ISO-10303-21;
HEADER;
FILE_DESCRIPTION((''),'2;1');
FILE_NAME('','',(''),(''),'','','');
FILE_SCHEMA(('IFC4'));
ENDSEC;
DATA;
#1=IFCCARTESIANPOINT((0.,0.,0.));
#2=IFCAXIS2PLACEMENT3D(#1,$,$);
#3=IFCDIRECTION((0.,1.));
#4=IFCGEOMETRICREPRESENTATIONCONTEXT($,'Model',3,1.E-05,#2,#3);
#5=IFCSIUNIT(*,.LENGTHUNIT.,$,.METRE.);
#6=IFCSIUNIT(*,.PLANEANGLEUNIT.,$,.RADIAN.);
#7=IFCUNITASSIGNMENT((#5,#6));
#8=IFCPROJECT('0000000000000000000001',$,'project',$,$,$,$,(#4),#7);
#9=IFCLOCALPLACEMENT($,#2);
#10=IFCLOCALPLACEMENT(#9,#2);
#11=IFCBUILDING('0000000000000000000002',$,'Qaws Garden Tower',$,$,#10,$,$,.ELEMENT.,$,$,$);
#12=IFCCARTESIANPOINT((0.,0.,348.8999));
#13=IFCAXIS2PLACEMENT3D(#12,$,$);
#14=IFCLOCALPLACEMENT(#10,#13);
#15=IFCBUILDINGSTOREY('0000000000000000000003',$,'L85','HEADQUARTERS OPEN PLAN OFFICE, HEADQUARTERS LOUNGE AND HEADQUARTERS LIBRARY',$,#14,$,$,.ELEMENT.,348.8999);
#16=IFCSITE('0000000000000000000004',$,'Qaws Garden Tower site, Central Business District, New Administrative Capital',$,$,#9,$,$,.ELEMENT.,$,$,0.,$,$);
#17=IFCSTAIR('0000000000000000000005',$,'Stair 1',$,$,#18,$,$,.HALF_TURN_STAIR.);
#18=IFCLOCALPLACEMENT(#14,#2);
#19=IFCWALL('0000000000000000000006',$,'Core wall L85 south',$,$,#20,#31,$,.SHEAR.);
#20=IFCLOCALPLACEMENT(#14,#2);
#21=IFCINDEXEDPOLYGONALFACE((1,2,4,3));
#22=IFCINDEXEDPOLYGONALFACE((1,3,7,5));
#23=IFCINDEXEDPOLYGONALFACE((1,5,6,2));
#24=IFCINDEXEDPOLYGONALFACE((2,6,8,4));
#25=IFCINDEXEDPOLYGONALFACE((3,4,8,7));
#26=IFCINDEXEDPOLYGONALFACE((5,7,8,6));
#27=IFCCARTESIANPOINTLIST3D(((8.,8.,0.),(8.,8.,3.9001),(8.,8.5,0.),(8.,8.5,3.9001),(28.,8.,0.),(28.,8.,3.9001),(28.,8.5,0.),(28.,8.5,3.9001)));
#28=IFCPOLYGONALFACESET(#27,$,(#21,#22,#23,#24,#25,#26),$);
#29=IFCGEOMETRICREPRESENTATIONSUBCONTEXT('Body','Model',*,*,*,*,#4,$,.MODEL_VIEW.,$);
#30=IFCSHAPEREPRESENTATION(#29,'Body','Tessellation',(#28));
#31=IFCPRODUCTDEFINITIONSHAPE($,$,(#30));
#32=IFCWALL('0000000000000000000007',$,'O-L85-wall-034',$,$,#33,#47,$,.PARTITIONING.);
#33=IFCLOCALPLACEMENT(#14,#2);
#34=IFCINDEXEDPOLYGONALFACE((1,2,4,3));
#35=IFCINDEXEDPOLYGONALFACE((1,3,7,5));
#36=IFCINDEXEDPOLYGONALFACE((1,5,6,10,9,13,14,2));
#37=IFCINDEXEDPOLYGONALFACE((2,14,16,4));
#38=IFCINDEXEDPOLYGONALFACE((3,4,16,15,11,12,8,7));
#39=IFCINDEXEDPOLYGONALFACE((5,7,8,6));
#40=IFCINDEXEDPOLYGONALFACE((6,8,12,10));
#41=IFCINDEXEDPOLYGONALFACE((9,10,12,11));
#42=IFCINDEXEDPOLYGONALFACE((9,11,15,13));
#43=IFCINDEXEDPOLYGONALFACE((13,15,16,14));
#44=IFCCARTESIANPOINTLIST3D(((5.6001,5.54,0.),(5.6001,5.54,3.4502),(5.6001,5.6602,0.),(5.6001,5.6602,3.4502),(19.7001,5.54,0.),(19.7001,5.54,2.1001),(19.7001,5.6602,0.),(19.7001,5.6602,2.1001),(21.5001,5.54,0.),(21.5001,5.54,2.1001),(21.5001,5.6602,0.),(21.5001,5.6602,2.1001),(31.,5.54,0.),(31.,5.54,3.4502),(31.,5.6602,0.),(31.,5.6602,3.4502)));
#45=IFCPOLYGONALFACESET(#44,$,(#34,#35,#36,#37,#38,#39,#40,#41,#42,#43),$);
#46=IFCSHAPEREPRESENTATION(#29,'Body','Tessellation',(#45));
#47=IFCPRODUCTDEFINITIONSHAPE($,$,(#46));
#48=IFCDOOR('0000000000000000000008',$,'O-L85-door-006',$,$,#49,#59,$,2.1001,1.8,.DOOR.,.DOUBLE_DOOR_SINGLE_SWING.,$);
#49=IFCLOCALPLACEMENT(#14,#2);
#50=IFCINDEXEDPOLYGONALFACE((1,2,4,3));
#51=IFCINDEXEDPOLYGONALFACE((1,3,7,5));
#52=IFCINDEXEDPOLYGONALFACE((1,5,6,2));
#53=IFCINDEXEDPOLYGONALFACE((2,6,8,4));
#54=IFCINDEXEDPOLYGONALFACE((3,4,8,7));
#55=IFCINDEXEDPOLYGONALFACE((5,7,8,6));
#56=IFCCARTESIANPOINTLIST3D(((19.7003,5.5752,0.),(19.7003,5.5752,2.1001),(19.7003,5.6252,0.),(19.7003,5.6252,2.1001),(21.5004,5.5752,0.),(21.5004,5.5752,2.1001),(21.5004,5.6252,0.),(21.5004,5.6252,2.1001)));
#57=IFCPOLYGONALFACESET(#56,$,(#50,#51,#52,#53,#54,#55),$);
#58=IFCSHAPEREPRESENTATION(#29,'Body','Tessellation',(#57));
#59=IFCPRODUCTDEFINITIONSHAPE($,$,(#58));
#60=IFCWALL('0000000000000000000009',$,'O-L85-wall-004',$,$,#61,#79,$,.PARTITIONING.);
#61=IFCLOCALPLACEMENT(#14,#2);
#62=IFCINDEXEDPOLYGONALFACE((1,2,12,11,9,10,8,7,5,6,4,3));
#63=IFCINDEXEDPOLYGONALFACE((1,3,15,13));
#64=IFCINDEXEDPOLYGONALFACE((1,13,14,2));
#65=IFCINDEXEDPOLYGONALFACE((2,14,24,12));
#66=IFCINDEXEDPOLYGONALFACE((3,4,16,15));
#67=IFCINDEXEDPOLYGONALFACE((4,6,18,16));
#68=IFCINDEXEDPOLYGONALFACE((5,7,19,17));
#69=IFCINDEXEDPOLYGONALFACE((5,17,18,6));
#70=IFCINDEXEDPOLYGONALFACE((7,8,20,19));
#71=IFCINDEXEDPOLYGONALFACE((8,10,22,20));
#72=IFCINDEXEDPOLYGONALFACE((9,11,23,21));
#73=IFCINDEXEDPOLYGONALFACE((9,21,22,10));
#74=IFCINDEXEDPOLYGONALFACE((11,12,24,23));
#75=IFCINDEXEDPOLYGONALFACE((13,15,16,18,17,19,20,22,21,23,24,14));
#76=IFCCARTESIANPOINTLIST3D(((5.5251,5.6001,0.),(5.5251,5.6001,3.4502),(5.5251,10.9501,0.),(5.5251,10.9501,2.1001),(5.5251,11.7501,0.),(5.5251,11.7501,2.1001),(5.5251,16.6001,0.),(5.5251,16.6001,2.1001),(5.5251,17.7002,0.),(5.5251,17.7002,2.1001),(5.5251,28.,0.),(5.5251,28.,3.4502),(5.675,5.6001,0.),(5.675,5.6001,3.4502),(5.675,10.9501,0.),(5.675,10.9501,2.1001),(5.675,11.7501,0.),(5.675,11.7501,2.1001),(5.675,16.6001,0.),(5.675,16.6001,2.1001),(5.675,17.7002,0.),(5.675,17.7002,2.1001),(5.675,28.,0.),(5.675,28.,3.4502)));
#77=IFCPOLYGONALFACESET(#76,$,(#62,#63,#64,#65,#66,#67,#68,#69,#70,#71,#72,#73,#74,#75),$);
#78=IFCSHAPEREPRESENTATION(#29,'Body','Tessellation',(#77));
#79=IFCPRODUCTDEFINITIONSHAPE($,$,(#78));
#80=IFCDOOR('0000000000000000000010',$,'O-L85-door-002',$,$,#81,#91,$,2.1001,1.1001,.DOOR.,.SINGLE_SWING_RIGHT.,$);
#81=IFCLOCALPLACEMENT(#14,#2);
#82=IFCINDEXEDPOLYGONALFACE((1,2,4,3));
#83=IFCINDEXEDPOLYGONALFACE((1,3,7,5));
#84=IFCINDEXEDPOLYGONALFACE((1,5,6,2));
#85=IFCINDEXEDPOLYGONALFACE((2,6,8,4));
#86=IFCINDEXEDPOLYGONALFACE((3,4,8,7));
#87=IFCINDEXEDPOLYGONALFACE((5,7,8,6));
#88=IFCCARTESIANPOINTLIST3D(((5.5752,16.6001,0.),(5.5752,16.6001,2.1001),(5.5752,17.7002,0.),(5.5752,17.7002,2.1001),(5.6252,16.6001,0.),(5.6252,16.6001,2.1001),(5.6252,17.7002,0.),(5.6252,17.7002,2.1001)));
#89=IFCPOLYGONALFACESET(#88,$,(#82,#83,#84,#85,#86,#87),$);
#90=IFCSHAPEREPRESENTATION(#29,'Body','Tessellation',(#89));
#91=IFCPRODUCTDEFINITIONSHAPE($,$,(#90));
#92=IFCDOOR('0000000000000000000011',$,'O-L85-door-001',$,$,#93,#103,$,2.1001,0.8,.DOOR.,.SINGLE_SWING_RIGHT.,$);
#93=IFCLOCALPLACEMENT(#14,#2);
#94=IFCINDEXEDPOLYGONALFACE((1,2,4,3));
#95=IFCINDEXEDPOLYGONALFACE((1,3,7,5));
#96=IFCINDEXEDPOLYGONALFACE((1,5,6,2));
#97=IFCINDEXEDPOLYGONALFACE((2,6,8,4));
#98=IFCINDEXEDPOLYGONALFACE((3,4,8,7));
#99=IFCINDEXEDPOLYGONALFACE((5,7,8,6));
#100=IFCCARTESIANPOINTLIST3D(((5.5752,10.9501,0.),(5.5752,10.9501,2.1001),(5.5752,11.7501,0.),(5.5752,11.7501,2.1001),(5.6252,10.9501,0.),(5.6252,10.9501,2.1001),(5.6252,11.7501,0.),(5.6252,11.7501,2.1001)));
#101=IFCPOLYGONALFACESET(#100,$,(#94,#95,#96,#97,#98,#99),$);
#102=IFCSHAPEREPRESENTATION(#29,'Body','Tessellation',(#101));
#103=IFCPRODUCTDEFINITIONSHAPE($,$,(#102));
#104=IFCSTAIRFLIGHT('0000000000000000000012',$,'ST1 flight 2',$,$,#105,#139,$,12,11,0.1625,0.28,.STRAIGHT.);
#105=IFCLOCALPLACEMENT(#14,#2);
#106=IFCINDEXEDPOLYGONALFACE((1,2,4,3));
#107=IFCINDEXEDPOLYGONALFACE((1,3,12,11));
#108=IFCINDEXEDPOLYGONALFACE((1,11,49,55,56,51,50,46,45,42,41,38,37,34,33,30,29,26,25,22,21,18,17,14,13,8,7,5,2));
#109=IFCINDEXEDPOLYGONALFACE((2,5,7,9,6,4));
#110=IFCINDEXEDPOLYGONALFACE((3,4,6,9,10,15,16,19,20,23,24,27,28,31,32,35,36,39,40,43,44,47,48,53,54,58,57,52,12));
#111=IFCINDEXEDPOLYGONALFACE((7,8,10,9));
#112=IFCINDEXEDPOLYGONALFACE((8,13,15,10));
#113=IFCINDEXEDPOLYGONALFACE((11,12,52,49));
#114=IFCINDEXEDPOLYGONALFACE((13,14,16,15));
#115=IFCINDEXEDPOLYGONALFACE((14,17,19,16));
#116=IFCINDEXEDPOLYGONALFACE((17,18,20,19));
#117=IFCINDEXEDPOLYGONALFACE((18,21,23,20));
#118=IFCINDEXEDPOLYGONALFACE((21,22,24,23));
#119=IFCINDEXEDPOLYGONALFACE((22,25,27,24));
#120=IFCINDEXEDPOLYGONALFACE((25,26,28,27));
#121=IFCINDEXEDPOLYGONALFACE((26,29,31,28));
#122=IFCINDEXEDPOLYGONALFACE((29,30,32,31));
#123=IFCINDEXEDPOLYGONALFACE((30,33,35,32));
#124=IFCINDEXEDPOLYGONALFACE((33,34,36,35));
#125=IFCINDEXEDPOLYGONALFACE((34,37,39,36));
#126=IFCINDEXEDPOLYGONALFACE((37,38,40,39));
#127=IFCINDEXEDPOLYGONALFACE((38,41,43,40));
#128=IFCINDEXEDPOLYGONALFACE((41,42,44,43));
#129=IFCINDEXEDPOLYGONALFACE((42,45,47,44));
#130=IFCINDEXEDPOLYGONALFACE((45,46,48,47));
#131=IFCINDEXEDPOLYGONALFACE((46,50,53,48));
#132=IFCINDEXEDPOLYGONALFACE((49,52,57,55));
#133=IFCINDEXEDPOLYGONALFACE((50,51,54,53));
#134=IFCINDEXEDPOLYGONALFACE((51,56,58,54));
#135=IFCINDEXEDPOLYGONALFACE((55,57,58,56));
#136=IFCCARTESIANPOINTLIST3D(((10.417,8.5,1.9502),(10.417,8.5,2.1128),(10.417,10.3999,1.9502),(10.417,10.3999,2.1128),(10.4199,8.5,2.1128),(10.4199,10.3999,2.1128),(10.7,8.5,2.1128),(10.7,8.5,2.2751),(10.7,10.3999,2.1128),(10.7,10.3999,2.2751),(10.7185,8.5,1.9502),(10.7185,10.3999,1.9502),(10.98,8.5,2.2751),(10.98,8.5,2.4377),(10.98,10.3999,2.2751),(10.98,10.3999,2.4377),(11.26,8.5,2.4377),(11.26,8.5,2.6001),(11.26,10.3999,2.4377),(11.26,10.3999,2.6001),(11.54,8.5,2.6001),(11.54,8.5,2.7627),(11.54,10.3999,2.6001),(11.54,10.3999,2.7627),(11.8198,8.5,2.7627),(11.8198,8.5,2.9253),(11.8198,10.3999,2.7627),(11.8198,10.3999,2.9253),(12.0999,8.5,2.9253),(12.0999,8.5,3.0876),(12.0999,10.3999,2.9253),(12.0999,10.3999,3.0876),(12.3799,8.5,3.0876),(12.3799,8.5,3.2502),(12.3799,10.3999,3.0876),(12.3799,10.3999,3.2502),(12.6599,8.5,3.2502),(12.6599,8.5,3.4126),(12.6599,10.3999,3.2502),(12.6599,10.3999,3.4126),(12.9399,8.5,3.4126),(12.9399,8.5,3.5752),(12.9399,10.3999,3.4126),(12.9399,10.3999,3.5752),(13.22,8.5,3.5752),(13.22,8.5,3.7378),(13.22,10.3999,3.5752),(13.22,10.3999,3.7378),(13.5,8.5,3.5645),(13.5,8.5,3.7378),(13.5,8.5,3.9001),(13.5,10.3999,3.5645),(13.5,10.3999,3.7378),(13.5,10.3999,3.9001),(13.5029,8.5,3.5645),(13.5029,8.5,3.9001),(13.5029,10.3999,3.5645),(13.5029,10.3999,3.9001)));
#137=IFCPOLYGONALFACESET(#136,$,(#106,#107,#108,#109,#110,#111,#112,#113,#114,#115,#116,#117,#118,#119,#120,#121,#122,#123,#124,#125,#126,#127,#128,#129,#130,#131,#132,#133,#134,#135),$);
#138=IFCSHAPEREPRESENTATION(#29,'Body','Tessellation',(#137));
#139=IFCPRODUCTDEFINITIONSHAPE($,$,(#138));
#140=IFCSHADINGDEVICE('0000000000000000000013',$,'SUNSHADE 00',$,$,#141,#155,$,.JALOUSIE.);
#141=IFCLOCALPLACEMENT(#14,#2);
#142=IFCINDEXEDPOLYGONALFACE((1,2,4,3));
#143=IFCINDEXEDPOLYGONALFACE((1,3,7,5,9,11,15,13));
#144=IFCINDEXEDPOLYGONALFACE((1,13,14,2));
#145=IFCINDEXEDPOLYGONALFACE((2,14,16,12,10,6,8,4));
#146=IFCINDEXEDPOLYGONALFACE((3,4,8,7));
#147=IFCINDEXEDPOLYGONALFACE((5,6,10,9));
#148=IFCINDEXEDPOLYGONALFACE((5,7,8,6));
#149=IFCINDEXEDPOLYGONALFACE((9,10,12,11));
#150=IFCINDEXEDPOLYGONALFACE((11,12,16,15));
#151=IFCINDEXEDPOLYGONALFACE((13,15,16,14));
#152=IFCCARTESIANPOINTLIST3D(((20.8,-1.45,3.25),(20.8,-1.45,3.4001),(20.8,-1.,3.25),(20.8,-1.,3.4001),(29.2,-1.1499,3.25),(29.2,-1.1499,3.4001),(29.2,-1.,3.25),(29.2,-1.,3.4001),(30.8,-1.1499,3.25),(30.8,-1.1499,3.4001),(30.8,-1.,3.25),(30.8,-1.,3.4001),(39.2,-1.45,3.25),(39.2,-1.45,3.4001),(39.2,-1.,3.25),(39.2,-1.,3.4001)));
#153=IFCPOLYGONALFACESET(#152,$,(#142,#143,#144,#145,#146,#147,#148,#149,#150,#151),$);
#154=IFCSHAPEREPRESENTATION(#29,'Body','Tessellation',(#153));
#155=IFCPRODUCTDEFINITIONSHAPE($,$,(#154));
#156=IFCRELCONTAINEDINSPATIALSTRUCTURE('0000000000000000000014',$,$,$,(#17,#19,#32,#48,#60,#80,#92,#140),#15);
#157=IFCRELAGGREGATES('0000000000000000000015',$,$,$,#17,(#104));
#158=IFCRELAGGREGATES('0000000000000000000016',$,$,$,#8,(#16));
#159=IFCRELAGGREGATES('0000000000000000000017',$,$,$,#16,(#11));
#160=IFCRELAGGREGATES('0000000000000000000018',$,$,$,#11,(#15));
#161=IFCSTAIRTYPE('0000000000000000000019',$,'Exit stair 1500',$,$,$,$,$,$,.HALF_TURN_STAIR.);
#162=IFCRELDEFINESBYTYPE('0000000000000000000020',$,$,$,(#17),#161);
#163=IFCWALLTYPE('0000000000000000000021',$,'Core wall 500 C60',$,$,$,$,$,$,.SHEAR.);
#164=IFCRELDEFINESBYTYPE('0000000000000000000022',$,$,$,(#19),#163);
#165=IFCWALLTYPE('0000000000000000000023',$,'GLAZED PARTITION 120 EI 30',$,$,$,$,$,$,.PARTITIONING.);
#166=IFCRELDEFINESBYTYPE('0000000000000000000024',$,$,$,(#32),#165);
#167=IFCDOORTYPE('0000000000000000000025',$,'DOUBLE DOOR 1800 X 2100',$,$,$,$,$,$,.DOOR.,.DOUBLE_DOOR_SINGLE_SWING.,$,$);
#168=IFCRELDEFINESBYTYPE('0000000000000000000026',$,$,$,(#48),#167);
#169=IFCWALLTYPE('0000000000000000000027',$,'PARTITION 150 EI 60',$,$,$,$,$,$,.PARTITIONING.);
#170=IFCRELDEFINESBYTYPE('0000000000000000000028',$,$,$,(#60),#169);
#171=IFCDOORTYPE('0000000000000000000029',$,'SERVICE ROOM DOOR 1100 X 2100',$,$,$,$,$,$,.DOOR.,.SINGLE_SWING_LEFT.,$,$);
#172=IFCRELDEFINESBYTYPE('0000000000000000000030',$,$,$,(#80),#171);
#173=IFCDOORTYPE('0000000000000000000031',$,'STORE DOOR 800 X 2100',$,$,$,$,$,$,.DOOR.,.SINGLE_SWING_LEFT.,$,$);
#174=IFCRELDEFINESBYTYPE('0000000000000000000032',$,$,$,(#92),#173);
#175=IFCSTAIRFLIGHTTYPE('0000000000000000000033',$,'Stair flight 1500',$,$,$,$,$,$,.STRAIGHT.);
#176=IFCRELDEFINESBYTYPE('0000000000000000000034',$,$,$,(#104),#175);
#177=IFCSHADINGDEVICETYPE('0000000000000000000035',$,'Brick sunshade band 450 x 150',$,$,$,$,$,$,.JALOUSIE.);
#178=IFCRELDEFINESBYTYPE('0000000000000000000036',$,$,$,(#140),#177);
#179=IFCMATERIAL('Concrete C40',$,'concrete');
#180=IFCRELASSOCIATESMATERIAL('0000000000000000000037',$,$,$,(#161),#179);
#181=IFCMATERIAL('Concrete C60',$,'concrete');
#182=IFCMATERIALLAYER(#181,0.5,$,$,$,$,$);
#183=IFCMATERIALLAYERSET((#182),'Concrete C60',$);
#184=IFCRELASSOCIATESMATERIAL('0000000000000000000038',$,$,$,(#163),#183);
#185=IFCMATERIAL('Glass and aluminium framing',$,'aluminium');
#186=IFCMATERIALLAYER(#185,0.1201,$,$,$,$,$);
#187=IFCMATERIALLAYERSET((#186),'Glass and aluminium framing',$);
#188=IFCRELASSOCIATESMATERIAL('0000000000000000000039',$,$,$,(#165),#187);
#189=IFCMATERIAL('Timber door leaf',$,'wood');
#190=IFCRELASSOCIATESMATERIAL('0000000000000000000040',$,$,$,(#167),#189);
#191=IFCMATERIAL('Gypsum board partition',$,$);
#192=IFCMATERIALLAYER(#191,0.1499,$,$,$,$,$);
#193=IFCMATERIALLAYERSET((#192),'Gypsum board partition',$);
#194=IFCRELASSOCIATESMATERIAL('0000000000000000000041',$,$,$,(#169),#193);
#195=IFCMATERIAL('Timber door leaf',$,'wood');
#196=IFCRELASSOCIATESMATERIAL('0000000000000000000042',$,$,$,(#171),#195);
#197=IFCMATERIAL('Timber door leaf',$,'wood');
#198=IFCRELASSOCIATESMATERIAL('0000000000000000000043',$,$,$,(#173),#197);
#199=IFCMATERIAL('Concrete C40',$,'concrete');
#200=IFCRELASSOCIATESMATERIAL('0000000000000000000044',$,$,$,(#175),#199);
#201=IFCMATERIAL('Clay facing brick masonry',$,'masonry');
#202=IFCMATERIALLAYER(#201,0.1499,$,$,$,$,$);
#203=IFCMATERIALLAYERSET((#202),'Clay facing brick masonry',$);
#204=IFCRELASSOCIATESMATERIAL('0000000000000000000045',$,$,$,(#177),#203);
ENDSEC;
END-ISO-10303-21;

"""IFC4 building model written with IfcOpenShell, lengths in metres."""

from ifc_helpers import new_model, si_unit, direction, frame, frame_2d, origin, place, context, subcontext, project, spatial, polyline, rectangle, outline, extrude, material, layer, layer_set, type_object, element, fill, aggregate, save


model = new_model("IFC4")

# Units and contexts
model_context = context("Model", 3, precision=1e-05, world=origin(), true_north=direction((0.0, 1.0)))
body_context = subcontext(model_context, "Body", "Model", "MODEL_VIEW")
ifc_project = project(units=[si_unit("LENGTHUNIT", "METRE"), si_unit("PLANEANGLEUNIT", "RADIAN")], contexts=[model_context])

# Site, building, storey
site_placement = place(None, origin())
site = spatial("IfcSite", under=ifc_project, at=site_placement, Name="Qaws Garden Tower site, Central Business District, New Administrative Capital", CompositionType="ELEMENT", RefElevation=0.0)
building_placement = place(site_placement, origin())
building = spatial("IfcBuilding", under=site, at=building_placement, Name="Qaws Garden Tower", CompositionType="ELEMENT")
storey_placement = place(building_placement, frame((0.0, 0.0, 348.8999)))
storey = spatial("IfcBuildingStorey", under=building, at=storey_placement, Name="L85", Description="HEADQUARTERS OPEN PLAN OFFICE, HEADQUARTERS LOUNGE AND HEADQUARTERS LIBRARY", CompositionType="ELEMENT", Elevation=348.8999)

# Stair
ifc_material_1 = material(Name="Concrete C40", Category="concrete")
stair_type_1 = type_object("IfcStairType", Name="Exit stair 1500", PredefinedType="HALF_TURN_STAIR", material=ifc_material_1)
placement_1 = place(storey_placement, origin())
stair_1 = element("IfcStair", 1, at=placement_1, inside=storey, type_object=stair_type_1, Name="Stair 1", PredefinedType="HALF_TURN_STAIR")

# Wall
ifc_material_2 = material(Name="Concrete C60", Category="concrete")
ifc_layer_1 = layer(ifc_material_2, 0.5)
ifc_layer_set_1 = layer_set([ifc_layer_1], Name="Concrete C60")
wall_type_1 = type_object("IfcWallType", Name="Core wall 500 C60", PredefinedType="SHEAR", material=ifc_layer_set_1)
wall_1_placement = place(storey_placement, frame((8.0, 8.25, 0.0), z_axis=(0.0, 0.0, 1.0), x_axis=(1.0, 0.0, 0.0)))
element("IfcWall", 2, at=wall_1_placement, inside=storey, type_object=wall_type_1, Name="Core wall L85 south", PredefinedType="SHEAR", context=body_context, shape_type="SweptSolid", body=[
    extrude(rectangle(XDim=20.0, YDim=0.5, at=frame_2d((10.0, 0.0))), origin(), (0.0, 0.0, 1.0), 3.9001),
])

# Wall, opening, door
ifc_material_3 = material(Name="Glass and aluminium framing", Category="aluminium")
ifc_layer_2 = layer(ifc_material_3, 0.1201)
ifc_layer_set_2 = layer_set([ifc_layer_2], Name="Glass and aluminium framing")
wall_type_2 = type_object("IfcWallType", Name="GLAZED PARTITION 120 EI 30", PredefinedType="PARTITIONING", material=ifc_layer_set_2)
wall_2_placement = place(storey_placement, frame((5.6001, 5.6001, 0.0), z_axis=(0.0, 0.0, 1.0), x_axis=(1.0, 0.0, 0.0)))
wall_2 = element("IfcWall", 3, at=wall_2_placement, inside=storey, type_object=wall_type_2, Name="O-L85-wall-034", PredefinedType="PARTITIONING", context=body_context, shape_type="SweptSolid", body=[
    extrude(rectangle(XDim=25.3999, YDim=0.1201, at=frame_2d((12.7, 0.0))), origin(), (0.0, 0.0, 1.0), 3.4502),
])
opening_1_placement = place(wall_2_placement, frame((14.1001, 0.0, 0.0)))
opening_1 = element("IfcOpeningElement", 4, at=opening_1_placement, cuts=wall_2, PredefinedType="OPENING", context=body_context, shape_type="SweptSolid", body=[
    extrude(rectangle(XDim=1.8, YDim=2.1001, at=frame_2d((0.8999, 1.05))), frame((0.0, 0.0701, 0.0), z_axis=(0.0, -1.0, 0.0), x_axis=(1.0, 0.0, 0.0)), (0.0, 0.0, 1.0), 0.1401),
])
ifc_material_4 = material(Name="Timber door leaf", Category="wood")
door_type_1 = type_object("IfcDoorType", Name="DOUBLE DOOR 1800 X 2100", OperationType="DOUBLE_DOOR_SINGLE_SWING", PredefinedType="DOOR", material=ifc_material_4)
door_1_placement = place(opening_1_placement, frame((1.8, 0.0, 0.0), z_axis=(0.0, 0.0, 1.0), x_axis=(-1.0, 0.0, 0.0)))
door_1 = element("IfcDoor", 5, at=door_1_placement, inside=storey, type_object=door_type_1, Name="O-L85-door-006", OperationType="DOUBLE_DOOR_SINGLE_SWING", OverallHeight=2.1001, OverallWidth=1.8, PredefinedType="DOOR", context=body_context, shape_type="SweptSolid", body=[
    extrude(rectangle(XDim=1.8, YDim=2.1001, at=frame_2d((0.8999, 1.05))), frame((0.0, 0.0249, 0.0), z_axis=(0.0, -1.0, 0.0), x_axis=(1.0, 0.0, 0.0)), (0.0, 0.0, 1.0), 0.05),
])
fill(opening_1, door_1)

# Wall, openings, doors
ifc_material_5 = material(Name="Gypsum board partition")
ifc_layer_3 = layer(ifc_material_5, 0.1499)
ifc_layer_set_3 = layer_set([ifc_layer_3], Name="Gypsum board partition")
wall_type_3 = type_object("IfcWallType", Name="PARTITION 150 EI 60", PredefinedType="PARTITIONING", material=ifc_layer_set_3)
wall_3_placement = place(storey_placement, frame((5.6001, 5.6001, 0.0), z_axis=(0.0, 0.0, 1.0), x_axis=(0.0, 1.0, 0.0)))
wall_3 = element("IfcWall", 6, at=wall_3_placement, inside=storey, type_object=wall_type_3, Name="O-L85-wall-004", PredefinedType="PARTITIONING", context=body_context, shape_type="SweptSolid", body=[
    extrude(rectangle(XDim=22.3999, YDim=0.1499, at=frame_2d((11.2, 0.0))), origin(), (0.0, 0.0, 1.0), 3.4502),
])
opening_2_placement = place(wall_3_placement, frame((5.3501, 0.0, 0.0)))
opening_2 = element("IfcOpeningElement", 7, at=opening_2_placement, cuts=wall_3, PredefinedType="OPENING", context=body_context, shape_type="SweptSolid", body=[
    extrude(rectangle(XDim=0.8, YDim=2.1001, at=frame_2d((0.3999, 1.05))), frame((0.0, 0.085, 0.0), z_axis=(0.0, -1.0, 0.0), x_axis=(1.0, 0.0, 0.0)), (0.0, 0.0, 1.0), 0.1699),
])
opening_3_placement = place(wall_3_placement, frame((11.0, 0.0, 0.0)))
opening_3 = element("IfcOpeningElement", 8, at=opening_3_placement, cuts=wall_3, PredefinedType="OPENING", context=body_context, shape_type="SweptSolid", body=[
    extrude(rectangle(XDim=1.1001, YDim=2.1001, at=frame_2d((0.55, 1.05))), frame((0.0, 0.085, 0.0), z_axis=(0.0, -1.0, 0.0), x_axis=(1.0, 0.0, 0.0)), (0.0, 0.0, 1.0), 0.1699),
])
ifc_material_6 = material(Name="Timber door leaf", Category="wood")
door_type_2 = type_object("IfcDoorType", Name="SERVICE ROOM DOOR 1100 X 2100", OperationType="SINGLE_SWING_LEFT", PredefinedType="DOOR", material=ifc_material_6)
door_2_placement = place(opening_3_placement, origin())
door_2 = element("IfcDoor", 9, at=door_2_placement, inside=storey, type_object=door_type_2, Name="O-L85-door-002", OperationType="SINGLE_SWING_RIGHT", OverallHeight=2.1001, OverallWidth=1.1001, PredefinedType="DOOR", context=body_context, shape_type="SweptSolid", body=[
    extrude(rectangle(XDim=1.1001, YDim=2.1001, at=frame_2d((0.55, 1.05))), frame((0.0, 0.0249, 0.0), z_axis=(0.0, -1.0, 0.0), x_axis=(1.0, 0.0, 0.0)), (0.0, 0.0, 1.0), 0.05),
])
fill(opening_3, door_2)
ifc_material_7 = material(Name="Timber door leaf", Category="wood")
door_type_3 = type_object("IfcDoorType", Name="STORE DOOR 800 X 2100", OperationType="SINGLE_SWING_LEFT", PredefinedType="DOOR", material=ifc_material_7)
door_3_placement = place(opening_2_placement, origin())
door_3 = element("IfcDoor", 10, at=door_3_placement, inside=storey, type_object=door_type_3, Name="O-L85-door-001", OperationType="SINGLE_SWING_RIGHT", OverallHeight=2.1001, OverallWidth=0.8, PredefinedType="DOOR", context=body_context, shape_type="SweptSolid", body=[
    extrude(rectangle(XDim=0.8, YDim=2.1001, at=frame_2d((0.3999, 1.05))), frame((0.0, 0.0249, 0.0), z_axis=(0.0, -1.0, 0.0), x_axis=(1.0, 0.0, 0.0)), (0.0, 0.0, 1.0), 0.05),
])
fill(opening_2, door_3)

# Stair flight
ifc_material_8 = material(Name="Concrete C40", Category="concrete")
stair_flight_type = type_object("IfcStairFlightType", Name="Stair flight 1500", PredefinedType="STRAIGHT", material=ifc_material_8)
stair_flight_placement = place(storey_placement, frame((10.4199, 9.45, 1.9502), z_axis=(0.0, 0.0, 1.0), x_axis=(1.0, 0.0, 0.0)))
stair_flight = element("IfcStairFlight", 11, at=stair_flight_placement, type_object=stair_flight_type, Name="ST1 flight 2", NumberOfRisers=12, NumberOfTreads=11, PredefinedType="STRAIGHT", RiserHeight=0.1625, TreadLength=0.28, context=body_context, shape_type="SweptSolid", body=[
    extrude(outline(polyline([(-0.0029, 0.0), (-0.0029, 0.1626), (0.0, 0.1626), (0.28, 0.1626), (0.28, 0.325), (0.5601, 0.325), (0.5601, 0.4875), (0.8401, 0.4875), (0.8401, 0.6499), (1.1201, 0.6499), (1.1201, 0.8125), (1.3999, 0.8125), (1.3999, 0.9751), (1.6799, 0.9751), (1.6799, 1.1375), (1.96, 1.1375), (1.96, 1.3), (2.24, 1.3), (2.24, 1.4624), (2.52, 1.4624), (2.52, 1.625), (2.8, 1.625), (2.8, 1.7876), (3.0801, 1.7876), (3.0801, 1.95), (3.083, 1.95), (3.083, 1.6143), (3.0801, 1.6143), (0.2986, 0.0), (-0.0029, 0.0)])), frame((0.0, 0.95, 0.0), z_axis=(0.0, -1.0, 0.0), x_axis=(1.0, 0.0, 0.0)), (0.0, 0.0, 1.0), 1.8999),
])
aggregate(stair_1, [stair_flight])

# Shading device
ifc_material_9 = material(Name="Clay facing brick masonry", Category="masonry")
ifc_layer_4 = layer(ifc_material_9, 0.1499)
ifc_layer_set_4 = layer_set([ifc_layer_4], Name="Clay facing brick masonry")
shading_device_type = type_object("IfcShadingDeviceType", Name="Brick sunshade band 450 x 150", PredefinedType="JALOUSIE", material=ifc_layer_set_4)
shading_device_placement = place(storey_placement, frame((0.0, 0.0, 3.25)))
element("IfcShadingDevice", 12, at=shading_device_placement, inside=storey, type_object=shading_device_type, Name="SUNSHADE 00", PredefinedType="JALOUSIE", context=body_context, shape_type="SweptSolid", body=[
    extrude(outline(polyline([(20.8, -1.0), (20.8, -1.45), (39.2, -1.45), (39.2, -1.0), (30.8, -1.0), (30.8, -1.1499), (29.2, -1.1499), (29.2, -1.0), (20.8, -1.0)])), origin(), (0.0, 0.0, 1.0), 0.1501),
])

save(model, "model.ifc")
